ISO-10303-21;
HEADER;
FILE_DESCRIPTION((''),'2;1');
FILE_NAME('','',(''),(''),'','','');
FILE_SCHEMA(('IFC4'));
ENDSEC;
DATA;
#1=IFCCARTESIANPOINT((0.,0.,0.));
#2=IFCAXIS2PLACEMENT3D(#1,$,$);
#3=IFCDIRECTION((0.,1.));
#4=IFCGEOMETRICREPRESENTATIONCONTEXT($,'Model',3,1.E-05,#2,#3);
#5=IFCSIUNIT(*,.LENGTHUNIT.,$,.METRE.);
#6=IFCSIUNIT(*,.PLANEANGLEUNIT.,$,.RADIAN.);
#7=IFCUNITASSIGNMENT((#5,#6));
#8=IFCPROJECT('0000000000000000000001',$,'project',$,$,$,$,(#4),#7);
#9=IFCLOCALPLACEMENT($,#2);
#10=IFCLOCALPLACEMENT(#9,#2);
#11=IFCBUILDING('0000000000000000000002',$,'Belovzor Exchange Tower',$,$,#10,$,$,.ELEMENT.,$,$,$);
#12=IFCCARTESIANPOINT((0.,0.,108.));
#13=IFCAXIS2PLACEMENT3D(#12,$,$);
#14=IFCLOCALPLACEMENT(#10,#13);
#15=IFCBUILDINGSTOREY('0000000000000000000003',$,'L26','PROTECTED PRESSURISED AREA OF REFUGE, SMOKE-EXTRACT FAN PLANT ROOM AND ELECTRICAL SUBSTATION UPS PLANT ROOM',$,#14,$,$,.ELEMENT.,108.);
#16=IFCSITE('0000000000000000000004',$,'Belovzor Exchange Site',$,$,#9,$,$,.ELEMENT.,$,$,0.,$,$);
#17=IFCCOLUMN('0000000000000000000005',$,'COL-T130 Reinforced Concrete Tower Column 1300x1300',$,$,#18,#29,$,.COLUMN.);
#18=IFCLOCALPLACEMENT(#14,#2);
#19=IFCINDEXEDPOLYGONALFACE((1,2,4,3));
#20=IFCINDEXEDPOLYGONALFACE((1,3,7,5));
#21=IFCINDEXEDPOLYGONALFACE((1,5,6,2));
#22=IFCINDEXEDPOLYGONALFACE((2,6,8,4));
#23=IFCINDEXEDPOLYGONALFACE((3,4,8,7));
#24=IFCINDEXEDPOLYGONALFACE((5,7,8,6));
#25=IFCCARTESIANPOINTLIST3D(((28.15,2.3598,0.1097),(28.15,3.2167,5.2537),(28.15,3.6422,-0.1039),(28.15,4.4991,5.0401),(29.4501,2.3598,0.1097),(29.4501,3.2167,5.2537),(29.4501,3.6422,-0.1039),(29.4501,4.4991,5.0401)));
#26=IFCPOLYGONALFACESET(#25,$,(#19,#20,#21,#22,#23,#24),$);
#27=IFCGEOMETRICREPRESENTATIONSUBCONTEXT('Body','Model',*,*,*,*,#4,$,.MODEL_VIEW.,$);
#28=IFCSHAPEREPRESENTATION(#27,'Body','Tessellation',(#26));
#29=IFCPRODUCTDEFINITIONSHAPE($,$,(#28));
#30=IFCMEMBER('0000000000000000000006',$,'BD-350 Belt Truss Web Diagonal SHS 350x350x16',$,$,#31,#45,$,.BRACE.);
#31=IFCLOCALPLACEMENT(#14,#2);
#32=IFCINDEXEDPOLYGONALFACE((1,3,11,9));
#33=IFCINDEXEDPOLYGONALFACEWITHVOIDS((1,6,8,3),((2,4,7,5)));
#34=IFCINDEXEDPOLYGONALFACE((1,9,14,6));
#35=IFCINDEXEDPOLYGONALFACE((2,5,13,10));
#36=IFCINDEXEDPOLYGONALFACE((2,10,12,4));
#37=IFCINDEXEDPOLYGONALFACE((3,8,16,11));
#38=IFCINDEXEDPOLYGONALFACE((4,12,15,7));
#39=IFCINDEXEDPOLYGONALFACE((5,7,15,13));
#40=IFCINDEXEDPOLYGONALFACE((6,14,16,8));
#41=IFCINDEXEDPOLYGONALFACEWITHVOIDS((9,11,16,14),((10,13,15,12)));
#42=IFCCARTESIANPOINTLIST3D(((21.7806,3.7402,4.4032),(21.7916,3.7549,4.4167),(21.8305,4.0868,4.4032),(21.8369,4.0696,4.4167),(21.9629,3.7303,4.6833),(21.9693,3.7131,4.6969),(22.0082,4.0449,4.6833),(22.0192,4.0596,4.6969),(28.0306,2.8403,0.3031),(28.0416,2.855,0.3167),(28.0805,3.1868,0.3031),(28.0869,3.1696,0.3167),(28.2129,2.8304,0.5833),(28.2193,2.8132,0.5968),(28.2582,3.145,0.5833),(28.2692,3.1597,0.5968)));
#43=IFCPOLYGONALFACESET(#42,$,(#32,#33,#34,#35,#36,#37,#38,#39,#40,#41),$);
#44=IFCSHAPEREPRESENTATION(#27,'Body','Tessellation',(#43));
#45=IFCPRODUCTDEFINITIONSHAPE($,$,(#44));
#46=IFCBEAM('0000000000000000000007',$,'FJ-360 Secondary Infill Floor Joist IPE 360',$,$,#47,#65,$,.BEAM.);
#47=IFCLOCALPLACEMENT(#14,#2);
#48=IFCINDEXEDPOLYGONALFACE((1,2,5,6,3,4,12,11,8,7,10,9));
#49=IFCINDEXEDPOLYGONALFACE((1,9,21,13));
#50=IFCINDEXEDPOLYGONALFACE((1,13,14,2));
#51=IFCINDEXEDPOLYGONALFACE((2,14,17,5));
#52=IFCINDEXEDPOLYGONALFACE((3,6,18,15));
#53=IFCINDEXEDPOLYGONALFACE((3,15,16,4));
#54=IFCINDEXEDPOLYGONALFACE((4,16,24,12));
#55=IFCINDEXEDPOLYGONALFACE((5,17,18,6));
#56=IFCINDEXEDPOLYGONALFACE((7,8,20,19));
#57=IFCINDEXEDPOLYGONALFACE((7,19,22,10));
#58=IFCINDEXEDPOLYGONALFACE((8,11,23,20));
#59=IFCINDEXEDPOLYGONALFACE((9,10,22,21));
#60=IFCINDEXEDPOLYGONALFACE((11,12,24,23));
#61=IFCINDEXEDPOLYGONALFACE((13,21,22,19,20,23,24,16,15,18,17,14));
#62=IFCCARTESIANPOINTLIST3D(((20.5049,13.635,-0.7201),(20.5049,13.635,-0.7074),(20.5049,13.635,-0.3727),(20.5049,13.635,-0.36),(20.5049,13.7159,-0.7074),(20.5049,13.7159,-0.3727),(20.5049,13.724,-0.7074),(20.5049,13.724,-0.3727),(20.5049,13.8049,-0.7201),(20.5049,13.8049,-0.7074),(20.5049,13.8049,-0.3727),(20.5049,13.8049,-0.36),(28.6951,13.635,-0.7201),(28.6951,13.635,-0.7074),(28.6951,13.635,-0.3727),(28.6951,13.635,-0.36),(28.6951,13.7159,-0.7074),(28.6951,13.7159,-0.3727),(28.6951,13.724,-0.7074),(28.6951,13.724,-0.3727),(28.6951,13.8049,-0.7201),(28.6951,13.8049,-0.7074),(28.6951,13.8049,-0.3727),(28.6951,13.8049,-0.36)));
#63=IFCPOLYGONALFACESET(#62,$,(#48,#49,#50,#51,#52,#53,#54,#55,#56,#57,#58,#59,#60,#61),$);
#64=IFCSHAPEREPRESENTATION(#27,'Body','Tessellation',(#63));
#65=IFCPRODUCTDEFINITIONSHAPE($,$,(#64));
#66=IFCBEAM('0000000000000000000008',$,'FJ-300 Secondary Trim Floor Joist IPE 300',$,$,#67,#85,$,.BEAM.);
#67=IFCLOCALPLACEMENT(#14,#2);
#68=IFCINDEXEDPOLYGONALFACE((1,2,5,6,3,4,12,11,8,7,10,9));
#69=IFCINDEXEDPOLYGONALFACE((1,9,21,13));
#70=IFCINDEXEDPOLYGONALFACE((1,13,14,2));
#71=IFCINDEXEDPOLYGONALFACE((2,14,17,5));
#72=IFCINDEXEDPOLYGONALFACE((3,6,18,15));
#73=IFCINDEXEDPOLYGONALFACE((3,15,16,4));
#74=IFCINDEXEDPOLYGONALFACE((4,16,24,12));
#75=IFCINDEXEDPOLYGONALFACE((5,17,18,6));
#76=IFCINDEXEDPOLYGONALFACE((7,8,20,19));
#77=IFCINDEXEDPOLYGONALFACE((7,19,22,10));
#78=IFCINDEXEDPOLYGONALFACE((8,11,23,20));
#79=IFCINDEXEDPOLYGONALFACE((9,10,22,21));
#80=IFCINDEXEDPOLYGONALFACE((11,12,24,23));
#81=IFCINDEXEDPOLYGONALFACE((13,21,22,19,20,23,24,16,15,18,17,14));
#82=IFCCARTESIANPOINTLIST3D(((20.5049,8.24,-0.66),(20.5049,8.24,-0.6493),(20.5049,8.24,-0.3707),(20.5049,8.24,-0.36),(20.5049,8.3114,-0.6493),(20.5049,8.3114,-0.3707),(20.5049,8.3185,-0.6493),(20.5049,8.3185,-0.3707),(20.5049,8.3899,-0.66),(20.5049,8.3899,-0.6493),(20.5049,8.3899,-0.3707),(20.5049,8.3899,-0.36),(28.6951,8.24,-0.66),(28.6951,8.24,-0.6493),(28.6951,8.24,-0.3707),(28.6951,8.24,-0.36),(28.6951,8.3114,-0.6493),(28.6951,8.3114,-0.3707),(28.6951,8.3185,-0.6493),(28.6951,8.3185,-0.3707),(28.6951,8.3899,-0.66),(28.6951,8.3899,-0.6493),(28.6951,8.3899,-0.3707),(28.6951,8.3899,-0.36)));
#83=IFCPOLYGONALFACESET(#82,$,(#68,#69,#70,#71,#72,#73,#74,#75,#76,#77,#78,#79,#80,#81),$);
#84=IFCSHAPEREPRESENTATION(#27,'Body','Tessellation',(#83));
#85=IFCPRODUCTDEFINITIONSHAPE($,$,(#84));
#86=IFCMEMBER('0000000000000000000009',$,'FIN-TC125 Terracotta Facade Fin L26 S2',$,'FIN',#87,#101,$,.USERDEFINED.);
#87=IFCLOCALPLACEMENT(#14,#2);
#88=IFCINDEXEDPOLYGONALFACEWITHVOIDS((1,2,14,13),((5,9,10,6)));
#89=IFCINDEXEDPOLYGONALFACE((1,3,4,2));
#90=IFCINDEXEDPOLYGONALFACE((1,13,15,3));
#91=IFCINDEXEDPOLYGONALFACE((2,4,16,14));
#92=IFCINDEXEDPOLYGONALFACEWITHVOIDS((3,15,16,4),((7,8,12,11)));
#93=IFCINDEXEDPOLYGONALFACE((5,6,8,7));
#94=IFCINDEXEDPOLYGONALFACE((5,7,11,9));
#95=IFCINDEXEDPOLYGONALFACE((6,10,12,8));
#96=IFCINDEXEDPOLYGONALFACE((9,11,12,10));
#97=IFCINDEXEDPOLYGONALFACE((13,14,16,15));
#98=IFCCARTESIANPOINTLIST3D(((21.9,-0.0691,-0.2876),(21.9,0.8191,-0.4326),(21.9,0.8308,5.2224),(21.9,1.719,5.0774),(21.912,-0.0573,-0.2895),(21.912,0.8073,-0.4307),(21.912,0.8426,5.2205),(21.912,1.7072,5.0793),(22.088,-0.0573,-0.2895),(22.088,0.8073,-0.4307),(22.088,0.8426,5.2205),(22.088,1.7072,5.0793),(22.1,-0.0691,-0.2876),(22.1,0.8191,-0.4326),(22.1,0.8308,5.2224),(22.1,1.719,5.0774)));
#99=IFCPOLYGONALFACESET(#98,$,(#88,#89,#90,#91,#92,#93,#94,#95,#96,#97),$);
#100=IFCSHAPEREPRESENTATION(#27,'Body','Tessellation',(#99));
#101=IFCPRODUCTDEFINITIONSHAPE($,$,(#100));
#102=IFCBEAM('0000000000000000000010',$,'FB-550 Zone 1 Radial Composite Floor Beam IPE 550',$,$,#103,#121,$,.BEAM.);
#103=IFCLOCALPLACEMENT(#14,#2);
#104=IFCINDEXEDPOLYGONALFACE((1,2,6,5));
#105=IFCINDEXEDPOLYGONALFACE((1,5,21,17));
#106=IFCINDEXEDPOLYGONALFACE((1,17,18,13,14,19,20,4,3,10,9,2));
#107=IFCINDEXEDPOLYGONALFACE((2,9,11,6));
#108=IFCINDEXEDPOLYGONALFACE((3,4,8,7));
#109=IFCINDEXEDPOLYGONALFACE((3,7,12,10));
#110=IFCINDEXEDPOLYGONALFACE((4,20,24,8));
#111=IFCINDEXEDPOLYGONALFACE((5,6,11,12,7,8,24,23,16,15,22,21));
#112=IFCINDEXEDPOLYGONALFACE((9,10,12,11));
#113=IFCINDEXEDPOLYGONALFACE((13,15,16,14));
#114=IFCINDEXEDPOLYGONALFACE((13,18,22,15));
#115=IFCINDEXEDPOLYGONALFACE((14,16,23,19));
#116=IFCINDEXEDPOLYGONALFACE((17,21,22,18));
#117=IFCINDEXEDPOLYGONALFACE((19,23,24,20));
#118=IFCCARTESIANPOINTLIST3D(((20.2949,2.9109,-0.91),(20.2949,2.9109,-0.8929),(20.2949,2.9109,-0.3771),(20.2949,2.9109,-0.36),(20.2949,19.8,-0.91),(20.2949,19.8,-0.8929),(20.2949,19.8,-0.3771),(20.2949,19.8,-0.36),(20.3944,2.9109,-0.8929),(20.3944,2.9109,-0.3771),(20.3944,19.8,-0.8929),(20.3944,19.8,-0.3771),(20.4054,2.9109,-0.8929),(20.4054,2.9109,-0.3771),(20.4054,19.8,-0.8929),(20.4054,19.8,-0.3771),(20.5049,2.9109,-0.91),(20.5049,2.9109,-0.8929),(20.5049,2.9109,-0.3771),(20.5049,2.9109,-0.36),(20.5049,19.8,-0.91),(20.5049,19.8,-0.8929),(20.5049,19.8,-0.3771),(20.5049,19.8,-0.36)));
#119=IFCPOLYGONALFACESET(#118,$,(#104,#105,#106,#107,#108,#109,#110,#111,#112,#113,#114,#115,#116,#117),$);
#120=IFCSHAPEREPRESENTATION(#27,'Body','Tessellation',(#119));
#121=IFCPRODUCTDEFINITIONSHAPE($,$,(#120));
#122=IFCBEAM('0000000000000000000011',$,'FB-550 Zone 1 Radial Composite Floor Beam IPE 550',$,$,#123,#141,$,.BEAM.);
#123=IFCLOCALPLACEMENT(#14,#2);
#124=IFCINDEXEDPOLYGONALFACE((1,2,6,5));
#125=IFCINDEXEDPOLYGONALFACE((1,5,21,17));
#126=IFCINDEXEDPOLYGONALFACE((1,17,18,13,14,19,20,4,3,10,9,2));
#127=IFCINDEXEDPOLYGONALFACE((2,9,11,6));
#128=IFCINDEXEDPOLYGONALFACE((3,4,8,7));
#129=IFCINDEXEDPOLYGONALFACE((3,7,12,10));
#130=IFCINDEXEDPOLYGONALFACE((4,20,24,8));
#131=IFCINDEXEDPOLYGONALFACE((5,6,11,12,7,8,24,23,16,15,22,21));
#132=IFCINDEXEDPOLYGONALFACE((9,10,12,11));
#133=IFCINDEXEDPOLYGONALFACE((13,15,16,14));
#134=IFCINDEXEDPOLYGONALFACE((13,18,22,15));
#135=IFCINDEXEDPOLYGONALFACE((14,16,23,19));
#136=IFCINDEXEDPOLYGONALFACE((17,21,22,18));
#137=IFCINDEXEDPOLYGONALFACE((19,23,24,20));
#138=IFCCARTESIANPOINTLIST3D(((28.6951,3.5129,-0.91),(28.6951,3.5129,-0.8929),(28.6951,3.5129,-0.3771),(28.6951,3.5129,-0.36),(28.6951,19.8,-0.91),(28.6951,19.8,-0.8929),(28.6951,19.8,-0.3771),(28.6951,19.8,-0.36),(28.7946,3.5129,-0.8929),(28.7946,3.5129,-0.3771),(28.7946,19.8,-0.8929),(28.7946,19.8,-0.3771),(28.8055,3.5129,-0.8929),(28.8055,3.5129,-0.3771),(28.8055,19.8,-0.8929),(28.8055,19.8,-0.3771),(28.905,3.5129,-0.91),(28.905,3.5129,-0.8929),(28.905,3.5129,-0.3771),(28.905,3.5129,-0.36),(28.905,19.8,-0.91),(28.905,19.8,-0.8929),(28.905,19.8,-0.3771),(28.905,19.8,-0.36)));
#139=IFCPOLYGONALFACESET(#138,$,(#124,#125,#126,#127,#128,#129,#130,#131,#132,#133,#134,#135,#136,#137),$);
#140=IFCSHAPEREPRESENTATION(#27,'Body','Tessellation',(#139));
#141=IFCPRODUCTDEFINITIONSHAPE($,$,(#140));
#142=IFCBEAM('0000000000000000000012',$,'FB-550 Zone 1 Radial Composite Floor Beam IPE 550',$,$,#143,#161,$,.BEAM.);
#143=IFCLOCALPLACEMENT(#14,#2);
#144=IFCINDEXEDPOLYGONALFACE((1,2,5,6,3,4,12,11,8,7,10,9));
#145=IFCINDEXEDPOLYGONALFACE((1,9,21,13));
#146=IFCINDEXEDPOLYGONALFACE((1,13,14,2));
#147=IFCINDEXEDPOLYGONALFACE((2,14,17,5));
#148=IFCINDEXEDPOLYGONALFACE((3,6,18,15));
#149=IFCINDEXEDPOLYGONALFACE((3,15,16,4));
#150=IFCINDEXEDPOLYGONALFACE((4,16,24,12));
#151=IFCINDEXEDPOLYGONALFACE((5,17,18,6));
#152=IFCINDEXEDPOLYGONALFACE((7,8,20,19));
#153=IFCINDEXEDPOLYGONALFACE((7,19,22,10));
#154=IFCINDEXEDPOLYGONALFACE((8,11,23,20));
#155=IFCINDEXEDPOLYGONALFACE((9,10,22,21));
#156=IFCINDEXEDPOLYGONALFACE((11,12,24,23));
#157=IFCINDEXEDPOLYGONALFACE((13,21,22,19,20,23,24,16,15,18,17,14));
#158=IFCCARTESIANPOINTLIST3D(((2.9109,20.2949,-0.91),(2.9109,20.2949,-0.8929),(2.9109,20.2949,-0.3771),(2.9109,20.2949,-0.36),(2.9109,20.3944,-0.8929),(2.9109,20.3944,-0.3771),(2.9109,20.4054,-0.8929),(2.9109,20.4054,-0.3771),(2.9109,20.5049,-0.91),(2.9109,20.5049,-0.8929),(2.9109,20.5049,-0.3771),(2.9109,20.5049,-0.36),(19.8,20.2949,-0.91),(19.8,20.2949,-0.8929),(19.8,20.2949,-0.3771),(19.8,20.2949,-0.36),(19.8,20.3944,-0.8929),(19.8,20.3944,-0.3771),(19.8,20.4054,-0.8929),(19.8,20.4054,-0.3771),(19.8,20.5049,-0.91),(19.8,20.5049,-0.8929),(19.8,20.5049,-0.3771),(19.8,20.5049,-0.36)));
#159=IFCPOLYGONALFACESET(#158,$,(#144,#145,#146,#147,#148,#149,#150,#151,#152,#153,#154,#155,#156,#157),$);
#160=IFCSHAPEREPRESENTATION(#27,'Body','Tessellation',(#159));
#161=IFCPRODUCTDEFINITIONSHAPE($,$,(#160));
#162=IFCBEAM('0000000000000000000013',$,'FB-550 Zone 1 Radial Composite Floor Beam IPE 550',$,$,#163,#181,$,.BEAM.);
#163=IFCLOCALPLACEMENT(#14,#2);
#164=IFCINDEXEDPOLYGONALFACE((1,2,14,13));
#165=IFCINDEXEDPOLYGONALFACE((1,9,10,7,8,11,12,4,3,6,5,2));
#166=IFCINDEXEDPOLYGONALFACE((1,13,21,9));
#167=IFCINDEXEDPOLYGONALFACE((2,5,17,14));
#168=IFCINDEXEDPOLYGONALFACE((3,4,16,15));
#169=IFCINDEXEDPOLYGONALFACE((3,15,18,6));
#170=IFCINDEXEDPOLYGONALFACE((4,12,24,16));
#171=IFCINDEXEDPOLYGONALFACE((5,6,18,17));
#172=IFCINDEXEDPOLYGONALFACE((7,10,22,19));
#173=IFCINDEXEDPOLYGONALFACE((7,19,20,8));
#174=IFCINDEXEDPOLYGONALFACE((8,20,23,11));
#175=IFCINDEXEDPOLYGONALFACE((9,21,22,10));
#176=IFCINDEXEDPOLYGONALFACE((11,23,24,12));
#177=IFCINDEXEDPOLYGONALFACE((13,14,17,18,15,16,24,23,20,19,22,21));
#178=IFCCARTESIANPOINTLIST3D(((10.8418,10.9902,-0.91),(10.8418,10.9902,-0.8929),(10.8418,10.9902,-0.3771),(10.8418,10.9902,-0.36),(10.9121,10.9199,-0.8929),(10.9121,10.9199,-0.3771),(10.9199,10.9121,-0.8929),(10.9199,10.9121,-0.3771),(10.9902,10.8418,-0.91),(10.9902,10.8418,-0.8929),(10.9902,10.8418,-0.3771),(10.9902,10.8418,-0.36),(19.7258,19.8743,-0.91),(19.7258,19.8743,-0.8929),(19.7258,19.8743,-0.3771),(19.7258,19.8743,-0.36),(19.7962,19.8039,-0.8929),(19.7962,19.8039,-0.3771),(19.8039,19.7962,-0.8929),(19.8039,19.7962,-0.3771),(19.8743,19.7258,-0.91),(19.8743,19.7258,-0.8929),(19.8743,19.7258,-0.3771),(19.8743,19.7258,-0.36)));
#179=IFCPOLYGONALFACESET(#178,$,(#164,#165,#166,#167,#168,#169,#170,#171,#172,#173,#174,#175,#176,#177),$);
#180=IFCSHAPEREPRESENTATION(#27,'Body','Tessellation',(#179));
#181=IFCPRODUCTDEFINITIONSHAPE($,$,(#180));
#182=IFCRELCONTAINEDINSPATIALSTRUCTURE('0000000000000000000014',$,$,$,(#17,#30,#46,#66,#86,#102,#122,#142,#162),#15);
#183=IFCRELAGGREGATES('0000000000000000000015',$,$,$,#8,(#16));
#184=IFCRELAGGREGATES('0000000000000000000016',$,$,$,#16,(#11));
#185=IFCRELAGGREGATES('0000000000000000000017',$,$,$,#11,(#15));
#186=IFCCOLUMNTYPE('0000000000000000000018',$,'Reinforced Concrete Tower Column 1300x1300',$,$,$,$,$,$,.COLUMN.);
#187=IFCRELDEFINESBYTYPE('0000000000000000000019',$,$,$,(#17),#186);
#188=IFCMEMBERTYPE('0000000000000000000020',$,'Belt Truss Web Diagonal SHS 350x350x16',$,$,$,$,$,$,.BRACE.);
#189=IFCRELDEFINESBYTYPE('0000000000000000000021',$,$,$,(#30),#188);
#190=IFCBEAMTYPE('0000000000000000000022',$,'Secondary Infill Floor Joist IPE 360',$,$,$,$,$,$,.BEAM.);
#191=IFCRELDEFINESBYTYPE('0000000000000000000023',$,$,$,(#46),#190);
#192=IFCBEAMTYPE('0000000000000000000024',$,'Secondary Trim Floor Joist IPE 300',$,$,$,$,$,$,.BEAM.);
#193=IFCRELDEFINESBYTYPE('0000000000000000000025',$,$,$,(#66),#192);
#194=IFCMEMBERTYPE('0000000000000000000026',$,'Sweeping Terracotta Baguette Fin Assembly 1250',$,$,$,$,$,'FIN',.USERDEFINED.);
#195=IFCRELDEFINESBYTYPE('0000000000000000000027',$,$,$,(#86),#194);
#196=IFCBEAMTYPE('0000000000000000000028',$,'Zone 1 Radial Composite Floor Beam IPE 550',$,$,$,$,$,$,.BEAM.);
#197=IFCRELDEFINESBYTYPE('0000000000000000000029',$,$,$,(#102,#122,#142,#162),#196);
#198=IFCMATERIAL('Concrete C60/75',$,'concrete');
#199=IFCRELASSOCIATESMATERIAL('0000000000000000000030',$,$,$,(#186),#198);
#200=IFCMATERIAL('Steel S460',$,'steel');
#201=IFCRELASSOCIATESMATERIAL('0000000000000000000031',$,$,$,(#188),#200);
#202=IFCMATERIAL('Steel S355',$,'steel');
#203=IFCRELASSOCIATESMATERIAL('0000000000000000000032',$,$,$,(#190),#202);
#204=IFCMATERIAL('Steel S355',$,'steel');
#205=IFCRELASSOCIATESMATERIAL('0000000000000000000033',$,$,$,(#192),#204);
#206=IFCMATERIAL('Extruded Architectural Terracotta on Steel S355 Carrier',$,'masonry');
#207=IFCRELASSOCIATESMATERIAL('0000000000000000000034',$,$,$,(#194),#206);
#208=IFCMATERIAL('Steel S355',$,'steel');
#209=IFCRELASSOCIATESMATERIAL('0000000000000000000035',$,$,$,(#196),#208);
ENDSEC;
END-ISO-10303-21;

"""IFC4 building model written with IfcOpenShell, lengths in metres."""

from ifc_helpers import new_model, si_unit, direction, frame, origin, origin_2d, place, context, subcontext, project, spatial, rectangle, hollow_rectangle, i_section, extrude, material, material_profile, profile_set, type_object, element, save


model = new_model("IFC4")

# Units and contexts
model_context = context("Model", 3, precision=1e-05, world=origin(), true_north=direction((0.0, 1.0)))
body_context = subcontext(model_context, "Body", "Model", "MODEL_VIEW")
ifc_project = project(units=[si_unit("LENGTHUNIT", "METRE"), si_unit("PLANEANGLEUNIT", "RADIAN")], contexts=[model_context])

# Site, building, storey
site_placement = place(None, origin())
site = spatial("IfcSite", under=ifc_project, at=site_placement, Name="Belovzor Exchange Site", CompositionType="ELEMENT", RefElevation=0.0)
building_placement = place(site_placement, origin())
building = spatial("IfcBuilding", under=site, at=building_placement, Name="Belovzor Exchange Tower", CompositionType="ELEMENT")
storey_placement = place(building_placement, frame((0.0, 0.0, 108.0)))
storey = spatial("IfcBuildingStorey", under=building, at=storey_placement, Name="L26", Description="PROTECTED PRESSURISED AREA OF REFUGE, SMOKE-EXTRACT FAN PLANT ROOM AND ELECTRICAL SUBSTATION UPS PLANT ROOM", CompositionType="ELEMENT", Elevation=108.0)

# Column
ifc_material_1 = material(Name="Concrete C60/75", Category="concrete")
ifc_material_profile_1 = material_profile(ifc_material_1, rectangle(XDim=1.3, YDim=1.3, at=origin_2d()))
ifc_profile_set_1 = profile_set([ifc_material_profile_1], Name="Concrete C60/75")
column_type = type_object("IfcColumnType", Name="Reinforced Concrete Tower Column 1300x1300", PredefinedType="COLUMN", material=ifc_profile_set_1)
column_placement = place(storey_placement, frame((28.8, 3.001, 0.0029), z_axis=(0.0, 0.164323, 0.986407), x_axis=(-1.0, 0.0, 0.0)))
element("IfcColumn", 1, at=column_placement, inside=storey, type_object=column_type, Name="COL-T130 Reinforced Concrete Tower Column 1300x1300", PredefinedType="COLUMN", context=body_context, shape_type="SweptSolid", body=[
    extrude(rectangle(XDim=1.3, YDim=1.3, at=origin_2d()), origin(), (0.0, 0.0, 1.0), 5.2148),
])

# Member
ifc_material_2 = material(Name="Steel S460", Category="steel")
ifc_material_profile_2 = material_profile(ifc_material_2, hollow_rectangle(XDim=0.3501, YDim=0.3501, WallThickness=0.0161, at=origin_2d()))
ifc_profile_set_2 = profile_set([ifc_material_profile_2], Name="Steel S460")
member_type_1 = type_object("IfcMemberType", Name="Belt Truss Web Diagonal SHS 350x350x16", PredefinedType="BRACE", material=ifc_profile_set_2)
member_1_placement = place(storey_placement, frame((21.8999, 3.8999, 4.55), z_axis=(0.830143, -0.119528, -0.544587), x_axis=(0.142515, 0.989793, 0.0)))
element("IfcMember", 2, at=member_1_placement, inside=storey, type_object=member_type_1, Name="BD-350 Belt Truss Web Diagonal SHS 350x350x16", PredefinedType="BRACE", context=body_context, shape_type="SweptSolid", body=[
    extrude(hollow_rectangle(XDim=0.3501, YDim=0.3501, WallThickness=0.0161, at=origin_2d()), origin(), (0.0, 0.0, 1.0), 7.5288),
])

# Beams
ifc_material_3 = material(Name="Steel S355", Category="steel")
ifc_material_profile_3 = material_profile(ifc_material_3, i_section(OverallWidth=0.1699, OverallDepth=0.3601, WebThickness=0.0081, FlangeThickness=0.0127, at=origin_2d()))
ifc_profile_set_3 = profile_set([ifc_material_profile_3], Name="Steel S355")
beam_type_1 = type_object("IfcBeamType", Name="Secondary Infill Floor Joist IPE 360", PredefinedType="BEAM", material=ifc_profile_set_3)
beam_1_placement = place(storey_placement, frame((20.5049, 13.72, -0.54), z_axis=(1.0, 0.0, 0.0), x_axis=(0.0, 1.0, 0.0)))
element("IfcBeam", 3, at=beam_1_placement, inside=storey, type_object=beam_type_1, Name="FJ-360 Secondary Infill Floor Joist IPE 360", PredefinedType="BEAM", context=body_context, shape_type="SweptSolid", body=[
    extrude(i_section(OverallWidth=0.1699, OverallDepth=0.3601, WebThickness=0.0081, FlangeThickness=0.0127, at=origin_2d()), origin(), (0.0, 0.0, 1.0), 8.1902),
])
ifc_material_4 = material(Name="Steel S355", Category="steel")
ifc_material_profile_4 = material_profile(ifc_material_4, i_section(OverallWidth=0.1499, OverallDepth=0.3, WebThickness=0.0071, FlangeThickness=0.0107, at=origin_2d()))
ifc_profile_set_4 = profile_set([ifc_material_profile_4], Name="Steel S355")
beam_type_2 = type_object("IfcBeamType", Name="Secondary Trim Floor Joist IPE 300", PredefinedType="BEAM", material=ifc_profile_set_4)
beam_2_placement = place(storey_placement, frame((20.5049, 8.3149, -0.51), z_axis=(1.0, 0.0, 0.0), x_axis=(0.0, 1.0, 0.0)))
element("IfcBeam", 4, at=beam_2_placement, inside=storey, type_object=beam_type_2, Name="FJ-300 Secondary Trim Floor Joist IPE 300", PredefinedType="BEAM", context=body_context, shape_type="SweptSolid", body=[
    extrude(i_section(OverallWidth=0.1499, OverallDepth=0.3, WebThickness=0.0071, FlangeThickness=0.0107, at=origin_2d()), origin(), (0.0, 0.0, 1.0), 8.1902),
])

# Member
ifc_material_5 = material(Name="Extruded Architectural Terracotta on Steel S355 Carrier", Category="masonry")
ifc_material_profile_5 = material_profile(ifc_material_5, hollow_rectangle(XDim=0.2, YDim=0.8999, WallThickness=0.012, at=origin_2d()))
ifc_profile_set_5 = profile_set([ifc_material_profile_5], Name="Extruded Architectural Terracotta on Steel S355 Carrier")
member_type_2 = type_object("IfcMemberType", Name="Sweeping Terracotta Baguette Fin Assembly 1250", ElementType="FIN", PredefinedType="USERDEFINED", material=ifc_profile_set_5)
member_2_placement = place(storey_placement, frame((22.0, 0.375, -0.3601), z_axis=(0.0, 0.161186, 0.986924), x_axis=(-1.0, 0.0, 0.0)))
element("IfcMember", 5, at=member_2_placement, inside=storey, type_object=member_type_2, Name="FIN-TC125 Terracotta Facade Fin L26 S2", ObjectType="FIN", PredefinedType="USERDEFINED", context=body_context, shape_type="SweptSolid", body=[
    extrude(hollow_rectangle(XDim=0.2, YDim=0.8999, WallThickness=0.012, at=origin_2d()), origin(), (0.0, 0.0, 1.0), 5.583),
])

# Beams
ifc_material_6 = material(Name="Steel S355", Category="steel")
ifc_material_profile_6 = material_profile(ifc_material_6, i_section(OverallWidth=0.21, OverallDepth=0.55, WebThickness=0.011, FlangeThickness=0.0171, at=origin_2d()))
ifc_profile_set_6 = profile_set([ifc_material_profile_6], Name="Steel S355")
beam_type_3 = type_object("IfcBeamType", Name="Zone 1 Radial Composite Floor Beam IPE 550", PredefinedType="BEAM", material=ifc_profile_set_6)
beam_3_placement = place(storey_placement, frame((20.3999, 19.8, -0.635), z_axis=(0.0, -1.0, 0.0), x_axis=(1.0, 0.0, 0.0)))
element("IfcBeam", 6, at=beam_3_placement, inside=storey, type_object=beam_type_3, Name="FB-550 Zone 1 Radial Composite Floor Beam IPE 550", PredefinedType="BEAM", context=body_context, shape_type="SweptSolid", body=[
    extrude(i_section(OverallWidth=0.21, OverallDepth=0.55, WebThickness=0.011, FlangeThickness=0.0171, at=origin_2d()), origin(), (0.0, 0.0, 1.0), 16.8892),
])
beam_4_placement = place(storey_placement, frame((28.8, 19.8, -0.635), z_axis=(0.0, -1.0, 0.0), x_axis=(1.0, 0.0, 0.0)))
element("IfcBeam", 7, at=beam_4_placement, inside=storey, type_object=beam_type_3, Name="FB-550 Zone 1 Radial Composite Floor Beam IPE 550", PredefinedType="BEAM", context=body_context, shape_type="SweptSolid", body=[
    extrude(i_section(OverallWidth=0.21, OverallDepth=0.55, WebThickness=0.011, FlangeThickness=0.0171, at=origin_2d()), origin(), (0.0, 0.0, 1.0), 16.2871),
])
beam_5_placement = place(storey_placement, frame((19.8, 20.3999, -0.635), z_axis=(-1.0, 0.0, 0.0), x_axis=(0.0, -1.0, 0.0)))
element("IfcBeam", 8, at=beam_5_placement, inside=storey, type_object=beam_type_3, Name="FB-550 Zone 1 Radial Composite Floor Beam IPE 550", PredefinedType="BEAM", context=body_context, shape_type="SweptSolid", body=[
    extrude(i_section(OverallWidth=0.21, OverallDepth=0.55, WebThickness=0.011, FlangeThickness=0.0171, at=origin_2d()), origin(), (0.0, 0.0, 1.0), 16.8892),
])
beam_6_placement = place(storey_placement, frame((19.8, 19.8, -0.635), z_axis=(-0.707107, -0.707107, 0.0), x_axis=(0.707107, -0.707107, 0.0)))
element("IfcBeam", 9, at=beam_6_placement, inside=storey, type_object=beam_type_3, Name="FB-550 Zone 1 Radial Composite Floor Beam IPE 550", PredefinedType="BEAM", context=body_context, shape_type="SweptSolid", body=[
    extrude(i_section(OverallWidth=0.21, OverallDepth=0.55, WebThickness=0.011, FlangeThickness=0.0171, at=origin_2d()), origin(), (0.0, 0.0, 1.0), 12.564),
])

save(model, "model.ifc")
